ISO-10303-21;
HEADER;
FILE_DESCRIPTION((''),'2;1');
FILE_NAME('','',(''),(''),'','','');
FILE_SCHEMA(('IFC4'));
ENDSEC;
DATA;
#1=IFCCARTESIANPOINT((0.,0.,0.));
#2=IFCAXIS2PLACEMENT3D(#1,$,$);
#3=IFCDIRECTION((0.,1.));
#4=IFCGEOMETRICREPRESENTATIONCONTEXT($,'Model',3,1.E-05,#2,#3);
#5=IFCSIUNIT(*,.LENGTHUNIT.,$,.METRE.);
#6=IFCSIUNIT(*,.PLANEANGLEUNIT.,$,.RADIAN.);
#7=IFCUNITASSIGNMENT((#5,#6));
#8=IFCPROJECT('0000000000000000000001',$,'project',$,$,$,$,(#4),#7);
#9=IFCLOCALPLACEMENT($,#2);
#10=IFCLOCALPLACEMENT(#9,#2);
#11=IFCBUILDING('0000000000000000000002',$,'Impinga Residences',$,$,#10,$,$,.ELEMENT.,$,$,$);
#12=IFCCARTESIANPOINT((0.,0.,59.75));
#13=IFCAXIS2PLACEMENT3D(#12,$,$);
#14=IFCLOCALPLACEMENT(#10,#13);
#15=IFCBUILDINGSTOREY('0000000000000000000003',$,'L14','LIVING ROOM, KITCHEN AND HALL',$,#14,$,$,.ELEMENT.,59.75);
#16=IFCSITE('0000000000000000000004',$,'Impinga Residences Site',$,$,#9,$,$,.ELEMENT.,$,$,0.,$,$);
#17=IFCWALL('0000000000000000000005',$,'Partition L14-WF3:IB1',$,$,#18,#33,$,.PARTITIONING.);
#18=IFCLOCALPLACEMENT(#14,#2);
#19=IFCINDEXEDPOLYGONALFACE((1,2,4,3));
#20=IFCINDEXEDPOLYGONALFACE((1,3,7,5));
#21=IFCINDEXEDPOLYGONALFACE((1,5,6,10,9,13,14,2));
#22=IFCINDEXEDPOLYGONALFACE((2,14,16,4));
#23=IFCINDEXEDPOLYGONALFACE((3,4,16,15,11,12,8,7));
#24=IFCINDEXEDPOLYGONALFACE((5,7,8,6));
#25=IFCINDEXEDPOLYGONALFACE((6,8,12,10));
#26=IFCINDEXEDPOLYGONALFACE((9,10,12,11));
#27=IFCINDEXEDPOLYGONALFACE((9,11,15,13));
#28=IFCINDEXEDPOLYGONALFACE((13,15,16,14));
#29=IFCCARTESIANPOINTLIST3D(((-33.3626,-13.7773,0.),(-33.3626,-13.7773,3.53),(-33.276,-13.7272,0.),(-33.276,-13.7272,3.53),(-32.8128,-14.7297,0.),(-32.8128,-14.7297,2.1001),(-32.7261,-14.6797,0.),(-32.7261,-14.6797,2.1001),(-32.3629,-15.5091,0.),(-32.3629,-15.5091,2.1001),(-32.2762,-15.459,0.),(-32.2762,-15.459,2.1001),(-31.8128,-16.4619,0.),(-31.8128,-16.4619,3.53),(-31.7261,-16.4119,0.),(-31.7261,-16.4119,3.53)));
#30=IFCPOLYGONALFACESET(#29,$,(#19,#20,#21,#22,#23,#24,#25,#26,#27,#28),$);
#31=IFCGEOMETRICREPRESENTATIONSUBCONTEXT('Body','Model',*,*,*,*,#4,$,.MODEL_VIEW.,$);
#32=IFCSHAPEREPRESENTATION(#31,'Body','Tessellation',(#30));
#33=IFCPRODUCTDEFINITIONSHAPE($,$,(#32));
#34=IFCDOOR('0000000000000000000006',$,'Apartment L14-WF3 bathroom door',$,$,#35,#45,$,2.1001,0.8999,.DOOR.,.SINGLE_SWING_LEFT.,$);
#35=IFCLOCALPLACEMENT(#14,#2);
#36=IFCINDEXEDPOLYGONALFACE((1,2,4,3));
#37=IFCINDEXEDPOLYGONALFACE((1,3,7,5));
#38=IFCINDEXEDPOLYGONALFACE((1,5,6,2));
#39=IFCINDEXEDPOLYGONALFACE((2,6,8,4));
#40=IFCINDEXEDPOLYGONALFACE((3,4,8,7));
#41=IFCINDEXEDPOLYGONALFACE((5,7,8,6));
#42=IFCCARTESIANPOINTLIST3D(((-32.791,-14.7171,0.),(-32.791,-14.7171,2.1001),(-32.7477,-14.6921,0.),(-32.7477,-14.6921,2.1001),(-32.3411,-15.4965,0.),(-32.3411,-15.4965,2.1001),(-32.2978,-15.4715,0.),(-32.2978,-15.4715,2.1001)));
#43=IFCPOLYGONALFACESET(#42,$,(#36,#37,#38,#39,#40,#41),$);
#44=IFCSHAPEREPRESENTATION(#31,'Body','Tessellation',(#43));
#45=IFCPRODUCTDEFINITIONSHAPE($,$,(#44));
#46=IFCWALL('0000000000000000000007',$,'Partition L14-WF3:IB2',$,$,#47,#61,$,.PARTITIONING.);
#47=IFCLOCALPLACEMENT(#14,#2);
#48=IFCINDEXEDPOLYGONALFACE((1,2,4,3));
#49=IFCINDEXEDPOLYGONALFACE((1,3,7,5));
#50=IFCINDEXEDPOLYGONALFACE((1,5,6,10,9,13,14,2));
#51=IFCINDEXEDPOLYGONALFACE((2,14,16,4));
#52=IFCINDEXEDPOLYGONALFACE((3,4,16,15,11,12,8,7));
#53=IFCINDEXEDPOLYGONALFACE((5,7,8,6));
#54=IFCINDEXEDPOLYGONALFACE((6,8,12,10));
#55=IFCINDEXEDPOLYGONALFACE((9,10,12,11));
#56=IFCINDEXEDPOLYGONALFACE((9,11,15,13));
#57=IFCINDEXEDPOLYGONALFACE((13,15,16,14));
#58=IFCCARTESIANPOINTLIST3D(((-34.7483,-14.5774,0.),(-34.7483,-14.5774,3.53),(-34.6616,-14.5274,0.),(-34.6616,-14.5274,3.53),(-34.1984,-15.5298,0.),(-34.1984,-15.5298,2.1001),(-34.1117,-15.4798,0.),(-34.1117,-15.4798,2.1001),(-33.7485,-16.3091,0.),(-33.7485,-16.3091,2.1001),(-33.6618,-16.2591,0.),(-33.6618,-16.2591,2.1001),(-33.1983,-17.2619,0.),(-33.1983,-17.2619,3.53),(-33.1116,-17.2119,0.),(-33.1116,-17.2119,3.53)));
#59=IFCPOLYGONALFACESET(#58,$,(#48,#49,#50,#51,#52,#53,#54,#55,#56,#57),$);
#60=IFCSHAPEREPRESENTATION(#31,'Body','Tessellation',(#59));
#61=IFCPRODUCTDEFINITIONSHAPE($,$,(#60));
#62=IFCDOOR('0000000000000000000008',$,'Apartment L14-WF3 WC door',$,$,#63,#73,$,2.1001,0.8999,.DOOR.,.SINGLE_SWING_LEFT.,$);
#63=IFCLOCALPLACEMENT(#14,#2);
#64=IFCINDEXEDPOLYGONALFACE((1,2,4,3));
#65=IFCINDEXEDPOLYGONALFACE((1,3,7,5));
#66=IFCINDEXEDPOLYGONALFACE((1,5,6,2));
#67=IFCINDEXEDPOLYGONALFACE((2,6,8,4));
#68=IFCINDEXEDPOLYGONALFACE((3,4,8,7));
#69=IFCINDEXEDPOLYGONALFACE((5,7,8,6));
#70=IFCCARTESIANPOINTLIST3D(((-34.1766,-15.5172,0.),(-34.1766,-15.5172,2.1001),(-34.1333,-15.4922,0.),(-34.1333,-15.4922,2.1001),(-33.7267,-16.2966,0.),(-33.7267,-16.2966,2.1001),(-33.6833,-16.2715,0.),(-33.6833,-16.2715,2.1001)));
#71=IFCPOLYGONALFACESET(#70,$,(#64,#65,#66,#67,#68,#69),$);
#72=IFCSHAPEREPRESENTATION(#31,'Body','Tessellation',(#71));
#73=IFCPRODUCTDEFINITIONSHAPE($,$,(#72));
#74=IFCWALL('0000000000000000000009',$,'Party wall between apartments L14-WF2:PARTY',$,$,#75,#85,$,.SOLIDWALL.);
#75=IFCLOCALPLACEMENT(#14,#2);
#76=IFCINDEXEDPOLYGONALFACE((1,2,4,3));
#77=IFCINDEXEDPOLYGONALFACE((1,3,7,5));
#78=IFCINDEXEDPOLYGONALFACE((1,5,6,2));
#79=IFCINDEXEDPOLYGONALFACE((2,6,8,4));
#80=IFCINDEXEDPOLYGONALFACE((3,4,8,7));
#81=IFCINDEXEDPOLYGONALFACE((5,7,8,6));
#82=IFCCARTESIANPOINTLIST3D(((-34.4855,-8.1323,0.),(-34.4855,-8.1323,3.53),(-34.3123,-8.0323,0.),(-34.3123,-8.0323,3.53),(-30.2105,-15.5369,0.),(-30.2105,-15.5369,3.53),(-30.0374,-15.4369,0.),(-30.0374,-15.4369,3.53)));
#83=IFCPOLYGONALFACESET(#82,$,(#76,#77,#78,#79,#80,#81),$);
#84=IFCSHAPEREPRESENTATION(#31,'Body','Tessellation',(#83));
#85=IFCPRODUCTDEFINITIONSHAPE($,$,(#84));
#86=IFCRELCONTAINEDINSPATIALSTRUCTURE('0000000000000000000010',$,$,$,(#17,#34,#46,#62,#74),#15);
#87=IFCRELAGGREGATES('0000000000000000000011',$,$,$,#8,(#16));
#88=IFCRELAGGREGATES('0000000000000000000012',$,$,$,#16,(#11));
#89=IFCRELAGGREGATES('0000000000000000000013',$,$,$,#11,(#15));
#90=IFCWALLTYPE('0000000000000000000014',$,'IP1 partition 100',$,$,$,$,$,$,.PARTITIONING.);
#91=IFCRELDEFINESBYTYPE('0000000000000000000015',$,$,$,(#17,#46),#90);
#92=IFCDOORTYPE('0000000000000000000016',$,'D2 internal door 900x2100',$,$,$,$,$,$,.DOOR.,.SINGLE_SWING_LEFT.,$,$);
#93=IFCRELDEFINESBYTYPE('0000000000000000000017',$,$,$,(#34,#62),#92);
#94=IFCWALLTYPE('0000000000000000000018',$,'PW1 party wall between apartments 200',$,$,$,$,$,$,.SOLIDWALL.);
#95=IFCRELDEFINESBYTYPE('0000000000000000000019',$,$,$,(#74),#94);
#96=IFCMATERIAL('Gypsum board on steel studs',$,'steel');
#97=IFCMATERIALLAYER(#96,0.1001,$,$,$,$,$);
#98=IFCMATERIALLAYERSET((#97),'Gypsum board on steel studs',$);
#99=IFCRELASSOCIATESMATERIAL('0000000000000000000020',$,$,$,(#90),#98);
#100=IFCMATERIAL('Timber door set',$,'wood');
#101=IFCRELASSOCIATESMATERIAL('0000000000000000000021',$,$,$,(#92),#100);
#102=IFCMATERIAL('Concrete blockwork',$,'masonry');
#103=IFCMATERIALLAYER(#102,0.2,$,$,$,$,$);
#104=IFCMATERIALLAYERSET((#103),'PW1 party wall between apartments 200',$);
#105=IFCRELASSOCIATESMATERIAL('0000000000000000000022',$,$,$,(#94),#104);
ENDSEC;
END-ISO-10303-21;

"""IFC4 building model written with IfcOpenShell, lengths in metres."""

from ifc_helpers import new_model, si_unit, direction, frame, frame_2d, origin, place, context, subcontext, project, spatial, rectangle, extrude, material, layer, layer_set, type_object, element, fill, save


model = new_model("IFC4")

# Units and contexts
model_context = context("Model", 3, precision=1e-05, world=origin(), true_north=direction((0.0, 1.0)))
body_context = subcontext(model_context, "Body", "Model", "MODEL_VIEW")
ifc_project = project(units=[si_unit("LENGTHUNIT", "METRE"), si_unit("PLANEANGLEUNIT", "RADIAN")], contexts=[model_context])

# Site, building, storey
site_placement = place(None, origin())
site = spatial("IfcSite", under=ifc_project, at=site_placement, Name="Impinga Residences Site", CompositionType="ELEMENT", RefElevation=0.0)
building_placement = place(site_placement, origin())
building = spatial("IfcBuilding", under=site, at=building_placement, Name="Impinga Residences", CompositionType="ELEMENT")
storey_placement = place(building_placement, frame((0.0, 0.0, 59.75)))
storey = spatial("IfcBuildingStorey", under=building, at=storey_placement, Name="L14", Description="LIVING ROOM, KITCHEN AND HALL", CompositionType="ELEMENT", Elevation=59.75)

# Shared definitions
ifc_material_1 = material(Name="Gypsum board on steel studs", Category="steel")
ifc_layer_1 = layer(ifc_material_1, 0.1001)
ifc_layer_set_1 = layer_set([ifc_layer_1], Name="Gypsum board on steel studs")
wall_type_1 = type_object("IfcWallType", Name="IP1 partition 100", PredefinedType="PARTITIONING", material=ifc_layer_set_1)
ifc_material_2 = material(Name="Timber door set", Category="wood")
door_type = type_object("IfcDoorType", Name="D2 internal door 900x2100", OperationType="SINGLE_SWING_LEFT", PredefinedType="DOOR", material=ifc_material_2)

# Walls, openings, doors
wall_1_placement = place(storey_placement, frame((-31.7695, -16.4368, 0.0), z_axis=(0.0, 0.0, 1.0), x_axis=(-0.499968, 0.866044, 0.0)))
wall_1 = element("IfcWall", 1, at=wall_1_placement, inside=storey, type_object=wall_type_1, Name="Partition L14-WF3:IB1", PredefinedType="PARTITIONING", context=body_context, shape_type="SweptSolid", body=[
    extrude(rectangle(XDim=3.0999, YDim=0.1001, at=frame_2d((1.5498, 0.0))), origin(), (0.0, 0.0, 1.0), 3.53),
])
opening_1_placement = place(wall_1_placement, frame((1.1001, 0.0, 0.0)))
opening_1 = element("IfcOpeningElement", 2, at=opening_1_placement, cuts=wall_1, PredefinedType="OPENING", context=body_context, shape_type="SweptSolid", body=[
    extrude(rectangle(XDim=0.8999, YDim=2.1001, at=frame_2d((0.45, 1.05))), frame((0.0, 0.0601, 0.0), z_axis=(0.0, -1.0, 0.0), x_axis=(1.0, 0.0, 0.0)), (0.0, 0.0, 1.0), 0.1201),
])
door_1_placement = place(opening_1_placement, origin())
door_1 = element("IfcDoor", 3, at=door_1_placement, inside=storey, type_object=door_type, Name="Apartment L14-WF3 bathroom door", OperationType="SINGLE_SWING_LEFT", OverallHeight=2.1001, OverallWidth=0.8999, PredefinedType="DOOR", context=body_context, shape_type="SweptSolid", body=[
    extrude(rectangle(XDim=0.8999, YDim=2.1001, at=frame_2d((0.45, 1.05))), frame((0.0, 0.0249, 0.0), z_axis=(0.0, -1.0, 0.0), x_axis=(1.0, 0.0, 0.0)), (0.0, 0.0, 1.0), 0.05),
])
fill(opening_1, door_1)
wall_2_placement = place(storey_placement, frame((-33.155, -17.2368, 0.0), z_axis=(0.0, 0.0, 1.0), x_axis=(-0.500027, 0.86601, 0.0)))
wall_2 = element("IfcWall", 4, at=wall_2_placement, inside=storey, type_object=wall_type_1, Name="Partition L14-WF3:IB2", PredefinedType="PARTITIONING", context=body_context, shape_type="SweptSolid", body=[
    extrude(rectangle(XDim=3.0999, YDim=0.1001, at=frame_2d((1.5498, 0.0))), origin(), (0.0, 0.0, 1.0), 3.53),
])
opening_2_placement = place(wall_2_placement, frame((1.1001, 0.0, 0.0)))
opening_2 = element("IfcOpeningElement", 5, at=opening_2_placement, cuts=wall_2, PredefinedType="OPENING", context=body_context, shape_type="SweptSolid", body=[
    extrude(rectangle(XDim=0.8999, YDim=2.1001, at=frame_2d((0.45, 1.05))), frame((0.0, 0.0601, 0.0), z_axis=(0.0, -1.0, 0.0), x_axis=(1.0, 0.0, 0.0)), (0.0, 0.0, 1.0), 0.1201),
])
door_2_placement = place(opening_2_placement, origin())
door_2 = element("IfcDoor", 6, at=door_2_placement, inside=storey, type_object=door_type, Name="Apartment L14-WF3 WC door", OperationType="SINGLE_SWING_LEFT", OverallHeight=2.1001, OverallWidth=0.8999, PredefinedType="DOOR", context=body_context, shape_type="SweptSolid", body=[
    extrude(rectangle(XDim=0.8999, YDim=2.1001, at=frame_2d((0.45, 1.05))), frame((0.0, 0.0249, 0.0), z_axis=(0.0, -1.0, 0.0), x_axis=(1.0, 0.0, 0.0)), (0.0, 0.0, 1.0), 0.05),
])
fill(opening_2, door_2)

# Wall
ifc_material_3 = material(Name="Concrete blockwork", Category="masonry")
ifc_layer_2 = layer(ifc_material_3, 0.2)
ifc_layer_set_2 = layer_set([ifc_layer_2], Name="PW1 party wall between apartments 200")
wall_type_2 = type_object("IfcWallType", Name="PW1 party wall between apartments 200", PredefinedType="SOLIDWALL", material=ifc_layer_set_2)
wall_3_placement = place(storey_placement, frame((-30.124, -15.4868, 0.0), z_axis=(0.0, 0.0, 1.0), x_axis=(-0.49999, 0.866031, 0.0)))
element("IfcWall", 7, at=wall_3_placement, inside=storey, type_object=wall_type_2, Name="Party wall between apartments L14-WF2:PARTY", PredefinedType="SOLIDWALL", context=body_context, shape_type="SweptSolid", body=[
    extrude(rectangle(XDim=8.55, YDim=0.2, at=frame_2d((4.2749, 0.0))), origin(), (0.0, 0.0, 1.0), 3.53),
])

save(model, "model.ifc")
